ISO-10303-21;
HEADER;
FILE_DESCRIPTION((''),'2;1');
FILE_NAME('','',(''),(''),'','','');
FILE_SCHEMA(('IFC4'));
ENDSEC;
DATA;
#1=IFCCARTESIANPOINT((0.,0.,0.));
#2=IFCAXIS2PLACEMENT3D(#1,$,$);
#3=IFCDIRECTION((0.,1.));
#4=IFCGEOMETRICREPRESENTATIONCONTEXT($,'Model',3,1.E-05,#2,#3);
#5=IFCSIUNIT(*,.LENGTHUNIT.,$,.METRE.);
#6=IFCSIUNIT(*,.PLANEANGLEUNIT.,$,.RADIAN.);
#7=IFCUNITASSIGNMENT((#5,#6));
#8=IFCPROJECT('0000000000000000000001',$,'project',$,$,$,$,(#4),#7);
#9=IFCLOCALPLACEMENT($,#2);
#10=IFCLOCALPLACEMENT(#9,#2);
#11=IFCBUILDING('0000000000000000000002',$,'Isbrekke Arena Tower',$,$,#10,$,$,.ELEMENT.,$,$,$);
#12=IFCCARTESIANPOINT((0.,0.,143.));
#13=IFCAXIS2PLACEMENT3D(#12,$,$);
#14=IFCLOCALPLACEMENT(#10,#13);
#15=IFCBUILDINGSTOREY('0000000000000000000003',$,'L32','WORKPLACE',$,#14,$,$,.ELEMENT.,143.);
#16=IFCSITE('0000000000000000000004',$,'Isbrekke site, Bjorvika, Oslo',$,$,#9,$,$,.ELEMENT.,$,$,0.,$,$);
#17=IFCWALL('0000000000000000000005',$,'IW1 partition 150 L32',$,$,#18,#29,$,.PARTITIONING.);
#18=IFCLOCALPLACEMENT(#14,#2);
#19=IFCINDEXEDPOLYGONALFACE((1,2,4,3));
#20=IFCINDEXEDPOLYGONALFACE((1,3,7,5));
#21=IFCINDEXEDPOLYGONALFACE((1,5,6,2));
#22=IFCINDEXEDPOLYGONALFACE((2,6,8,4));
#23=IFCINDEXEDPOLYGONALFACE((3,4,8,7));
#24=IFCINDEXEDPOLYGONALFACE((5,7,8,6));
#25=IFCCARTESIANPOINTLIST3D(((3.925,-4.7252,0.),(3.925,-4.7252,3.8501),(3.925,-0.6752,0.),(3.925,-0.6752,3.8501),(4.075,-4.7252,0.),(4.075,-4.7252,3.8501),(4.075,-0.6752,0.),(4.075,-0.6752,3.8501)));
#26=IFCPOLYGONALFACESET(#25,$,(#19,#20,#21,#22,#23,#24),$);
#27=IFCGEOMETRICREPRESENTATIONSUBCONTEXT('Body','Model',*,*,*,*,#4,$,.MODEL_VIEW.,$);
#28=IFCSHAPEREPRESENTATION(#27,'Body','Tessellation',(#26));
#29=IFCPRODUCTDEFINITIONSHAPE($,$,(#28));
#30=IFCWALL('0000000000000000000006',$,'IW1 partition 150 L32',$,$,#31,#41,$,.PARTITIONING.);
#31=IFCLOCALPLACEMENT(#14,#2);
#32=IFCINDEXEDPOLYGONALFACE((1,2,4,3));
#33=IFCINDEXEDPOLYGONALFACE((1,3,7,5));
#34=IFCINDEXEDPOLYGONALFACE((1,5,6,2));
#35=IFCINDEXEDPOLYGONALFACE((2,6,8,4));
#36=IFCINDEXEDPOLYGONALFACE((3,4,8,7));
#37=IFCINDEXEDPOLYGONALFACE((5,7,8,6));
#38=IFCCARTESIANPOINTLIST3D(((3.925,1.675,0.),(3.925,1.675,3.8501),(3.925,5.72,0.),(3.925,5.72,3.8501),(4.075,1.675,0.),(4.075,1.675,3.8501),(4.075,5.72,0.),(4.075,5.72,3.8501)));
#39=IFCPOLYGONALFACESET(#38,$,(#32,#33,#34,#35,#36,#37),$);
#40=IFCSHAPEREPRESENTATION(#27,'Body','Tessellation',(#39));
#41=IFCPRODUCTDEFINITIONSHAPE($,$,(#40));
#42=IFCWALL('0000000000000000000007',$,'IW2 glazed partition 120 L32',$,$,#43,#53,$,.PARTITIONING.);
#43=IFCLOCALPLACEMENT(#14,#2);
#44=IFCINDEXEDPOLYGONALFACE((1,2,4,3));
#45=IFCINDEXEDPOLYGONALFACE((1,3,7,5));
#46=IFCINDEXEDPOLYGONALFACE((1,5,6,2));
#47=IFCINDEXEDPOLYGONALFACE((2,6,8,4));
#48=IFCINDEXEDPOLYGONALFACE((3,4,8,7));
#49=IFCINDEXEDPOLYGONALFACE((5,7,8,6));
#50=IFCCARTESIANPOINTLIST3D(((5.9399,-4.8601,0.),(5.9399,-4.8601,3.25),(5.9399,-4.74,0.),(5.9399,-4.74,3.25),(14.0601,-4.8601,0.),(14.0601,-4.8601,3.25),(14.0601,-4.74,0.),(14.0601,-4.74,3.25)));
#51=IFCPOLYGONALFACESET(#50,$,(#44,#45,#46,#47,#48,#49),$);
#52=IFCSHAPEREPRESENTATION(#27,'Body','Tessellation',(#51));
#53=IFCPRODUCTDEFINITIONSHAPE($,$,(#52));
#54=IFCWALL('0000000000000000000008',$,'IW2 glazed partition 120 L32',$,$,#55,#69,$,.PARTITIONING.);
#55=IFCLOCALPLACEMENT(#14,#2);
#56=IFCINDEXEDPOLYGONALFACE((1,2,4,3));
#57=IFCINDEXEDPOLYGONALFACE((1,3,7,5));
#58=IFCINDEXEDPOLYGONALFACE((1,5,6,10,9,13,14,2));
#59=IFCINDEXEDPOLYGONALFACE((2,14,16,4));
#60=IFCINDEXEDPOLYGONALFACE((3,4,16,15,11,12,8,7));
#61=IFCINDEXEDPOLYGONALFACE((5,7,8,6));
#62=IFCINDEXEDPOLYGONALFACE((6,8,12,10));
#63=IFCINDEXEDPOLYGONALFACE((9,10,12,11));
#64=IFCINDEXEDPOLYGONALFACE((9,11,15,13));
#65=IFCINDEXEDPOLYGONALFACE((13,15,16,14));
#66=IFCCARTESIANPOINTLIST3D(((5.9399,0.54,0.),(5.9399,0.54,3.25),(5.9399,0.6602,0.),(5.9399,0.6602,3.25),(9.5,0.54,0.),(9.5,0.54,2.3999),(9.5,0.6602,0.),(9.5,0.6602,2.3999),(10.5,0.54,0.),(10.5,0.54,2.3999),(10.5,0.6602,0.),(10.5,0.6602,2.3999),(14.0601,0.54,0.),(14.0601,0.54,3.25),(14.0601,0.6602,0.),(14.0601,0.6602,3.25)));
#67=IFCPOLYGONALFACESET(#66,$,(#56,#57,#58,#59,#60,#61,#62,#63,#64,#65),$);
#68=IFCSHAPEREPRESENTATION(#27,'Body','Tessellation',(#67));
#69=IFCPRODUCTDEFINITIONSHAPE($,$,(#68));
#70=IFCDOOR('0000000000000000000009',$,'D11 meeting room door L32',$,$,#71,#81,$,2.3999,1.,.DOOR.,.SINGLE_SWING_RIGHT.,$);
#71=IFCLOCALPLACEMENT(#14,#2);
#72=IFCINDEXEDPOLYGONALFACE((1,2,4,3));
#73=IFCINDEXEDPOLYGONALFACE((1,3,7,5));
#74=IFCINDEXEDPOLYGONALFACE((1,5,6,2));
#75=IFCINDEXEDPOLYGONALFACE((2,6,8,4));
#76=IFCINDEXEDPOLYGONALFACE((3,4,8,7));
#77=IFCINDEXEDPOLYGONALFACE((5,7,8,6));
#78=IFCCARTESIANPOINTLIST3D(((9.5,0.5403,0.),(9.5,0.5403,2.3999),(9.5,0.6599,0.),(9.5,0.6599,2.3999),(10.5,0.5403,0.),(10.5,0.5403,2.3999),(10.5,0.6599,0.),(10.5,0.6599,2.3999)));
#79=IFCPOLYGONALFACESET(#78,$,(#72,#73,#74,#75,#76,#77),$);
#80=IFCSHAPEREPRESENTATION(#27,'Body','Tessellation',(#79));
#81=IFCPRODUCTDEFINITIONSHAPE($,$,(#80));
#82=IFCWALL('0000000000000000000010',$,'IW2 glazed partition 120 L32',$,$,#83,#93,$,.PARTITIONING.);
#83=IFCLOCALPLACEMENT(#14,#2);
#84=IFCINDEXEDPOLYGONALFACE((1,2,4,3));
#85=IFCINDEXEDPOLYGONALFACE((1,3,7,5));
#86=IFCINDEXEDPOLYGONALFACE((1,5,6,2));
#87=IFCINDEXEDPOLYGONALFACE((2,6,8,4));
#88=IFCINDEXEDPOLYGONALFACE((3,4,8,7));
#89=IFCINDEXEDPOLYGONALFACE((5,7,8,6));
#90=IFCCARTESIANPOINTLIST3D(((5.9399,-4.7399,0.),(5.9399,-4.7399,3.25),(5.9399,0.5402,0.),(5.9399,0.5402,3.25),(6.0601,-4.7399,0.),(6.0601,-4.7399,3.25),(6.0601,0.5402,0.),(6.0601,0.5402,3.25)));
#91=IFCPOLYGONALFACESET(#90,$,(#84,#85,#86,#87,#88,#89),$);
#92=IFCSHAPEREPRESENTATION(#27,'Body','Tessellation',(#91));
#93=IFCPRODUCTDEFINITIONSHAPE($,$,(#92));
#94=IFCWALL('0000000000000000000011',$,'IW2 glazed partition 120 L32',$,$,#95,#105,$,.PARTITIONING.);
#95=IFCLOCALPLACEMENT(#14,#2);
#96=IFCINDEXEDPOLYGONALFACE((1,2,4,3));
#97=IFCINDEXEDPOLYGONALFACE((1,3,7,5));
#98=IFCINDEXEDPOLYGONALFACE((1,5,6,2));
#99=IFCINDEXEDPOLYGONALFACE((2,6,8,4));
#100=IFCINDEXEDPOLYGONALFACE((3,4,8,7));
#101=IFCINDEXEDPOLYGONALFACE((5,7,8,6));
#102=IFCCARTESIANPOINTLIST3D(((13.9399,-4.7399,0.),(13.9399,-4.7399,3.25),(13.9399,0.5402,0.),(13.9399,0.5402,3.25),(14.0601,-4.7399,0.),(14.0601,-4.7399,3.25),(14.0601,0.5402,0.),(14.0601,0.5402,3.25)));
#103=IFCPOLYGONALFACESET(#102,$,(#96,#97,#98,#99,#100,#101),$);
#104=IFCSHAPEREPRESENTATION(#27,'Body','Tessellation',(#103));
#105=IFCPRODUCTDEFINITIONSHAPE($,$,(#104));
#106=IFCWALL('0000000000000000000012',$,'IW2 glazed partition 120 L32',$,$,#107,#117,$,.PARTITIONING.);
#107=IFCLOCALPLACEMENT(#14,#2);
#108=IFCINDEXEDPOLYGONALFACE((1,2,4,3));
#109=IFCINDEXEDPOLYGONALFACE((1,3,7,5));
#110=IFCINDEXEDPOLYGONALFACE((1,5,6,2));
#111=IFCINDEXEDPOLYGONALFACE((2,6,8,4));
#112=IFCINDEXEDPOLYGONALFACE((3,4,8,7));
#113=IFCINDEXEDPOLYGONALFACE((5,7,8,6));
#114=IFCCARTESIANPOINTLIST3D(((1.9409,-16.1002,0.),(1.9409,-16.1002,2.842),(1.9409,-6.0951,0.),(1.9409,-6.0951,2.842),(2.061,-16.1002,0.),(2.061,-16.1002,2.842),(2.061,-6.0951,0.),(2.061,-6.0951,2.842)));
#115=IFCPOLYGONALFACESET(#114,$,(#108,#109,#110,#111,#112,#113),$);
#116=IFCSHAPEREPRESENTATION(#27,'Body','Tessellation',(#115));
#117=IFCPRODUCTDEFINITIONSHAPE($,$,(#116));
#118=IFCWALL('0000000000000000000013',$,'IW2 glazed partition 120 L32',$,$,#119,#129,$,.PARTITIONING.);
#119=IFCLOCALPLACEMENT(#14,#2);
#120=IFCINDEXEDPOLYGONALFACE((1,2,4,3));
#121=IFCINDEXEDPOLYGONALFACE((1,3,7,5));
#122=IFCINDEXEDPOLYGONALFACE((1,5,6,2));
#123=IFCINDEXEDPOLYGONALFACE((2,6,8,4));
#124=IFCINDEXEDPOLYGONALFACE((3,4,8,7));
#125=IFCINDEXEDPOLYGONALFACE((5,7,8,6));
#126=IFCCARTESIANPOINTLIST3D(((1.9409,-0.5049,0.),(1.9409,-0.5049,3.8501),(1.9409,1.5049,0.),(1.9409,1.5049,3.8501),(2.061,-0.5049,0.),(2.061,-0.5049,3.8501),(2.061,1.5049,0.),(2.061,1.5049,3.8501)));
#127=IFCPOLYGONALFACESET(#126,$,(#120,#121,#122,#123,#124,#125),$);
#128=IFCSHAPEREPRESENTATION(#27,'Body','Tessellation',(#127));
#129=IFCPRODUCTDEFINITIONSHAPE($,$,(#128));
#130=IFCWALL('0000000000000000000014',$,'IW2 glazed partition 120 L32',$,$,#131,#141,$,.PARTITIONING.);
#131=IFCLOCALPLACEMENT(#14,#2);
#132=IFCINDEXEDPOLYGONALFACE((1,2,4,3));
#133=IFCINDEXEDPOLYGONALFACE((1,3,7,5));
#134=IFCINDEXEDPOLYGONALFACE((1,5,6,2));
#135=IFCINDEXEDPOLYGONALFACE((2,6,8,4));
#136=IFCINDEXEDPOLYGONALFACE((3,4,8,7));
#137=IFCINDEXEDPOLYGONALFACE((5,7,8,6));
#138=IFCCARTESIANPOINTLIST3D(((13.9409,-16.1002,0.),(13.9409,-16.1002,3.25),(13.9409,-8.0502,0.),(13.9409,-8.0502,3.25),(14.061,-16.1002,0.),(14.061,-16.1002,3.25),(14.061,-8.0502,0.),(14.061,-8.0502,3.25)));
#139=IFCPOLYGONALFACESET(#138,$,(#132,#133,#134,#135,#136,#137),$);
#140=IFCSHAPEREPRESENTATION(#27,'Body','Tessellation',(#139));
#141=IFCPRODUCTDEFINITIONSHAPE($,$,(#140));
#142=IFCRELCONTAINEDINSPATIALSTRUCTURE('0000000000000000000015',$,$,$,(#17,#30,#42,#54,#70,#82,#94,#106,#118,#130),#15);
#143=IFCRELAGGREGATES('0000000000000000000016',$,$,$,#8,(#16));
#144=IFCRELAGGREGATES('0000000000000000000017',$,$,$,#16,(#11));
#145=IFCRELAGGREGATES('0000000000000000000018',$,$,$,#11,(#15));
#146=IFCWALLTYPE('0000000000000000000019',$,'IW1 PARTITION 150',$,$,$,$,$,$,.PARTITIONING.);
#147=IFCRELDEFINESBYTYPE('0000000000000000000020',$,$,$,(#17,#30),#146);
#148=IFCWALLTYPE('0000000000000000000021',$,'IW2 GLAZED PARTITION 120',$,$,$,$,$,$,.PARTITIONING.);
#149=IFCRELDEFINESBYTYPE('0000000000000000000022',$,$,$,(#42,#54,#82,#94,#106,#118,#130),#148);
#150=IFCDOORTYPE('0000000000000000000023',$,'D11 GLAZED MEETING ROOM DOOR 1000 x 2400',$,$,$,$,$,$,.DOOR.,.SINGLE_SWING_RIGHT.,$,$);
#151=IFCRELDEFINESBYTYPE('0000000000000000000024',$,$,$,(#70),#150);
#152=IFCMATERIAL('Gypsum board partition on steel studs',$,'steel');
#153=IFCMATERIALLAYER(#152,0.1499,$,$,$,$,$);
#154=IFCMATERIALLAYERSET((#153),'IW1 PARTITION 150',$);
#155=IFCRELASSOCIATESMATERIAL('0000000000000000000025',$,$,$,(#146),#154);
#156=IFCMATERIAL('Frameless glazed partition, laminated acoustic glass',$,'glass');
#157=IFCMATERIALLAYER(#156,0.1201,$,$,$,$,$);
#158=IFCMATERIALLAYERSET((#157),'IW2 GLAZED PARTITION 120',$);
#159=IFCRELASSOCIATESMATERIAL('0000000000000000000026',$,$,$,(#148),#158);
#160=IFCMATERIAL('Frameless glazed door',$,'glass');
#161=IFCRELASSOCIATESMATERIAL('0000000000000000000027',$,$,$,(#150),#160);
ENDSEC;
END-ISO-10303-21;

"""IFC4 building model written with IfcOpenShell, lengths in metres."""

from ifc_helpers import new_model, si_unit, direction, frame, frame_2d, origin, place, context, subcontext, project, spatial, rectangle, extrude, material, layer, layer_set, type_object, element, fill, save


model = new_model("IFC4")

# Units and contexts
model_context = context("Model", 3, precision=1e-05, world=origin(), true_north=direction((0.0, 1.0)))
body_context = subcontext(model_context, "Body", "Model", "MODEL_VIEW")
ifc_project = project(units=[si_unit("LENGTHUNIT", "METRE"), si_unit("PLANEANGLEUNIT", "RADIAN")], contexts=[model_context])

# Site, building, storey
site_placement = place(None, origin())
site = spatial("IfcSite", under=ifc_project, at=site_placement, Name="Isbrekke site, Bjorvika, Oslo", CompositionType="ELEMENT", RefElevation=0.0)
building_placement = place(site_placement, origin())
building = spatial("IfcBuilding", under=site, at=building_placement, Name="Isbrekke Arena Tower", CompositionType="ELEMENT")
storey_placement = place(building_placement, frame((0.0, 0.0, 143.0)))
storey = spatial("IfcBuildingStorey", under=building, at=storey_placement, Name="L32", Description="WORKPLACE", CompositionType="ELEMENT", Elevation=143.0)

# Walls
ifc_material_1 = material(Name="Gypsum board partition on steel studs", Category="steel")
ifc_layer_1 = layer(ifc_material_1, 0.1499)
ifc_layer_set_1 = layer_set([ifc_layer_1], Name="IW1 PARTITION 150")
wall_type_1 = type_object("IfcWallType", Name="IW1 PARTITION 150", PredefinedType="PARTITIONING", material=ifc_layer_set_1)
wall_1_placement = place(storey_placement, frame((4.0, -4.7251, 0.0), z_axis=(0.0, 0.0, 1.0), x_axis=(0.0, 1.0, 0.0)))
element("IfcWall", 1, at=wall_1_placement, inside=storey, type_object=wall_type_1, Name="IW1 partition 150 L32", PredefinedType="PARTITIONING", context=body_context, shape_type="SweptSolid", body=[
    extrude(rectangle(XDim=4.05, YDim=0.1499, at=frame_2d((2.0249, 0.0))), origin(), (0.0, 0.0, 1.0), 3.8501),
])
wall_2_placement = place(storey_placement, frame((4.0, 1.675, 0.0), z_axis=(0.0, 0.0, 1.0), x_axis=(0.0, 1.0, 0.0)))
element("IfcWall", 2, at=wall_2_placement, inside=storey, type_object=wall_type_1, Name="IW1 partition 150 L32", PredefinedType="PARTITIONING", context=body_context, shape_type="SweptSolid", body=[
    extrude(rectangle(XDim=4.0449, YDim=0.1499, at=frame_2d((2.0225, 0.0))), origin(), (0.0, 0.0, 1.0), 3.8501),
])
ifc_material_2 = material(Name="Frameless glazed partition, laminated acoustic glass", Category="glass")
ifc_layer_2 = layer(ifc_material_2, 0.1201)
ifc_layer_set_2 = layer_set([ifc_layer_2], Name="IW2 GLAZED PARTITION 120")
wall_type_2 = type_object("IfcWallType", Name="IW2 GLAZED PARTITION 120", PredefinedType="PARTITIONING", material=ifc_layer_set_2)
wall_3_placement = place(storey_placement, frame((5.9399, -4.8, 0.0), z_axis=(0.0, 0.0, 1.0), x_axis=(1.0, 0.0, 0.0)))
element("IfcWall", 3, at=wall_3_placement, inside=storey, type_object=wall_type_2, Name="IW2 glazed partition 120 L32", PredefinedType="PARTITIONING", context=body_context, shape_type="SweptSolid", body=[
    extrude(rectangle(XDim=8.1201, YDim=0.1201, at=frame_2d((4.0601, 0.0))), origin(), (0.0, 0.0, 1.0), 3.25),
])

# Wall, opening, door
wall_4_placement = place(storey_placement, frame((5.9399, 0.6001, 0.0), z_axis=(0.0, 0.0, 1.0), x_axis=(1.0, 0.0, 0.0)))
wall_4 = element("IfcWall", 4, at=wall_4_placement, inside=storey, type_object=wall_type_2, Name="IW2 glazed partition 120 L32", PredefinedType="PARTITIONING", context=body_context, shape_type="SweptSolid", body=[
    extrude(rectangle(XDim=8.1201, YDim=0.1201, at=frame_2d((4.0601, 0.0))), origin(), (0.0, 0.0, 1.0), 3.25),
])
opening_placement = place(wall_4_placement, frame((3.5601, 0.0, 0.0)))
opening = element("IfcOpeningElement", 5, at=opening_placement, cuts=wall_4, PredefinedType="OPENING", context=body_context, shape_type="SweptSolid", body=[
    extrude(rectangle(XDim=1.0, YDim=2.3999, at=frame_2d((0.5, 1.2))), frame((0.0, 0.075, 0.0), z_axis=(0.0, -1.0, 0.0), x_axis=(1.0, 0.0, 0.0)), (0.0, 0.0, 1.0), 0.1499),
])
ifc_material_3 = material(Name="Frameless glazed door", Category="glass")
door_type = type_object("IfcDoorType", Name="D11 GLAZED MEETING ROOM DOOR 1000 x 2400", OperationType="SINGLE_SWING_RIGHT", PredefinedType="DOOR", material=ifc_material_3)
door_placement = place(opening_placement, origin())
door = element("IfcDoor", 6, at=door_placement, inside=storey, type_object=door_type, Name="D11 meeting room door L32", OperationType="SINGLE_SWING_RIGHT", OverallHeight=2.3999, OverallWidth=1.0, PredefinedType="DOOR", context=body_context, shape_type="SweptSolid", body=[
    extrude(rectangle(XDim=1.0, YDim=2.3999, at=frame_2d((0.5, 1.2))), frame((0.0, 0.0598, 0.0), z_axis=(0.0, -1.0, 0.0), x_axis=(1.0, 0.0, 0.0)), (0.0, 0.0, 1.0), 0.1196),
])
fill(opening, door)

# Walls
for number, where, z_axis, x_axis, name in (
    (7, (6.0, -4.74, 0.0), (0.0, 0.0, 1.0), (0.0, 1.0, 0.0), "IW2 glazed partition 120 L32"),
    (8, (14.0, -4.74, 0.0), (0.0, 0.0, 1.0), (0.0, 1.0, 0.0), "IW2 glazed partition 120 L32"),
):
    element("IfcWall", number, at=place(storey_placement, frame(where, z_axis=z_axis, x_axis=x_axis)), inside=storey, type_object=wall_type_2, Name=name, PredefinedType="PARTITIONING", context=body_context, shape_type="SweptSolid", body=[
        extrude(rectangle(XDim=5.28, YDim=0.1201, at=frame_2d((2.6401, 0.0))), origin(), (0.0, 0.0, 1.0), 3.25),
    ])
wall_5_placement = place(storey_placement, frame((2.001, -16.1001, 0.0), z_axis=(0.0, 0.0, 1.0), x_axis=(0.0, 1.0, 0.0)))
element("IfcWall", 9, at=wall_5_placement, inside=storey, type_object=wall_type_2, Name="IW2 glazed partition 120 L32", PredefinedType="PARTITIONING", context=body_context, shape_type="SweptSolid", body=[
    extrude(rectangle(XDim=10.0051, YDim=0.1201, at=frame_2d((5.0024, 0.0))), origin(), (0.0, 0.0, 1.0), 2.842),
])
wall_6_placement = place(storey_placement, frame((2.001, -0.5049, 0.0), z_axis=(0.0, 0.0, 1.0), x_axis=(0.0, 1.0, 0.0)))
element("IfcWall", 10, at=wall_6_placement, inside=storey, type_object=wall_type_2, Name="IW2 glazed partition 120 L32", PredefinedType="PARTITIONING", context=body_context, shape_type="SweptSolid", body=[
    extrude(rectangle(XDim=2.0098, YDim=0.1201, at=frame_2d((1.0049, 0.0))), origin(), (0.0, 0.0, 1.0), 3.8501),
])
wall_7_placement = place(storey_placement, frame((14.001, -16.1001, 0.0), z_axis=(0.0, 0.0, 1.0), x_axis=(0.0, 1.0, 0.0)))
element("IfcWall", 11, at=wall_7_placement, inside=storey, type_object=wall_type_2, Name="IW2 glazed partition 120 L32", PredefinedType="PARTITIONING", context=body_context, shape_type="SweptSolid", body=[
    extrude(rectangle(XDim=8.05, YDim=0.1201, at=frame_2d((4.0249, 0.0))), origin(), (0.0, 0.0, 1.0), 3.25),
])

save(model, "model.ifc")
